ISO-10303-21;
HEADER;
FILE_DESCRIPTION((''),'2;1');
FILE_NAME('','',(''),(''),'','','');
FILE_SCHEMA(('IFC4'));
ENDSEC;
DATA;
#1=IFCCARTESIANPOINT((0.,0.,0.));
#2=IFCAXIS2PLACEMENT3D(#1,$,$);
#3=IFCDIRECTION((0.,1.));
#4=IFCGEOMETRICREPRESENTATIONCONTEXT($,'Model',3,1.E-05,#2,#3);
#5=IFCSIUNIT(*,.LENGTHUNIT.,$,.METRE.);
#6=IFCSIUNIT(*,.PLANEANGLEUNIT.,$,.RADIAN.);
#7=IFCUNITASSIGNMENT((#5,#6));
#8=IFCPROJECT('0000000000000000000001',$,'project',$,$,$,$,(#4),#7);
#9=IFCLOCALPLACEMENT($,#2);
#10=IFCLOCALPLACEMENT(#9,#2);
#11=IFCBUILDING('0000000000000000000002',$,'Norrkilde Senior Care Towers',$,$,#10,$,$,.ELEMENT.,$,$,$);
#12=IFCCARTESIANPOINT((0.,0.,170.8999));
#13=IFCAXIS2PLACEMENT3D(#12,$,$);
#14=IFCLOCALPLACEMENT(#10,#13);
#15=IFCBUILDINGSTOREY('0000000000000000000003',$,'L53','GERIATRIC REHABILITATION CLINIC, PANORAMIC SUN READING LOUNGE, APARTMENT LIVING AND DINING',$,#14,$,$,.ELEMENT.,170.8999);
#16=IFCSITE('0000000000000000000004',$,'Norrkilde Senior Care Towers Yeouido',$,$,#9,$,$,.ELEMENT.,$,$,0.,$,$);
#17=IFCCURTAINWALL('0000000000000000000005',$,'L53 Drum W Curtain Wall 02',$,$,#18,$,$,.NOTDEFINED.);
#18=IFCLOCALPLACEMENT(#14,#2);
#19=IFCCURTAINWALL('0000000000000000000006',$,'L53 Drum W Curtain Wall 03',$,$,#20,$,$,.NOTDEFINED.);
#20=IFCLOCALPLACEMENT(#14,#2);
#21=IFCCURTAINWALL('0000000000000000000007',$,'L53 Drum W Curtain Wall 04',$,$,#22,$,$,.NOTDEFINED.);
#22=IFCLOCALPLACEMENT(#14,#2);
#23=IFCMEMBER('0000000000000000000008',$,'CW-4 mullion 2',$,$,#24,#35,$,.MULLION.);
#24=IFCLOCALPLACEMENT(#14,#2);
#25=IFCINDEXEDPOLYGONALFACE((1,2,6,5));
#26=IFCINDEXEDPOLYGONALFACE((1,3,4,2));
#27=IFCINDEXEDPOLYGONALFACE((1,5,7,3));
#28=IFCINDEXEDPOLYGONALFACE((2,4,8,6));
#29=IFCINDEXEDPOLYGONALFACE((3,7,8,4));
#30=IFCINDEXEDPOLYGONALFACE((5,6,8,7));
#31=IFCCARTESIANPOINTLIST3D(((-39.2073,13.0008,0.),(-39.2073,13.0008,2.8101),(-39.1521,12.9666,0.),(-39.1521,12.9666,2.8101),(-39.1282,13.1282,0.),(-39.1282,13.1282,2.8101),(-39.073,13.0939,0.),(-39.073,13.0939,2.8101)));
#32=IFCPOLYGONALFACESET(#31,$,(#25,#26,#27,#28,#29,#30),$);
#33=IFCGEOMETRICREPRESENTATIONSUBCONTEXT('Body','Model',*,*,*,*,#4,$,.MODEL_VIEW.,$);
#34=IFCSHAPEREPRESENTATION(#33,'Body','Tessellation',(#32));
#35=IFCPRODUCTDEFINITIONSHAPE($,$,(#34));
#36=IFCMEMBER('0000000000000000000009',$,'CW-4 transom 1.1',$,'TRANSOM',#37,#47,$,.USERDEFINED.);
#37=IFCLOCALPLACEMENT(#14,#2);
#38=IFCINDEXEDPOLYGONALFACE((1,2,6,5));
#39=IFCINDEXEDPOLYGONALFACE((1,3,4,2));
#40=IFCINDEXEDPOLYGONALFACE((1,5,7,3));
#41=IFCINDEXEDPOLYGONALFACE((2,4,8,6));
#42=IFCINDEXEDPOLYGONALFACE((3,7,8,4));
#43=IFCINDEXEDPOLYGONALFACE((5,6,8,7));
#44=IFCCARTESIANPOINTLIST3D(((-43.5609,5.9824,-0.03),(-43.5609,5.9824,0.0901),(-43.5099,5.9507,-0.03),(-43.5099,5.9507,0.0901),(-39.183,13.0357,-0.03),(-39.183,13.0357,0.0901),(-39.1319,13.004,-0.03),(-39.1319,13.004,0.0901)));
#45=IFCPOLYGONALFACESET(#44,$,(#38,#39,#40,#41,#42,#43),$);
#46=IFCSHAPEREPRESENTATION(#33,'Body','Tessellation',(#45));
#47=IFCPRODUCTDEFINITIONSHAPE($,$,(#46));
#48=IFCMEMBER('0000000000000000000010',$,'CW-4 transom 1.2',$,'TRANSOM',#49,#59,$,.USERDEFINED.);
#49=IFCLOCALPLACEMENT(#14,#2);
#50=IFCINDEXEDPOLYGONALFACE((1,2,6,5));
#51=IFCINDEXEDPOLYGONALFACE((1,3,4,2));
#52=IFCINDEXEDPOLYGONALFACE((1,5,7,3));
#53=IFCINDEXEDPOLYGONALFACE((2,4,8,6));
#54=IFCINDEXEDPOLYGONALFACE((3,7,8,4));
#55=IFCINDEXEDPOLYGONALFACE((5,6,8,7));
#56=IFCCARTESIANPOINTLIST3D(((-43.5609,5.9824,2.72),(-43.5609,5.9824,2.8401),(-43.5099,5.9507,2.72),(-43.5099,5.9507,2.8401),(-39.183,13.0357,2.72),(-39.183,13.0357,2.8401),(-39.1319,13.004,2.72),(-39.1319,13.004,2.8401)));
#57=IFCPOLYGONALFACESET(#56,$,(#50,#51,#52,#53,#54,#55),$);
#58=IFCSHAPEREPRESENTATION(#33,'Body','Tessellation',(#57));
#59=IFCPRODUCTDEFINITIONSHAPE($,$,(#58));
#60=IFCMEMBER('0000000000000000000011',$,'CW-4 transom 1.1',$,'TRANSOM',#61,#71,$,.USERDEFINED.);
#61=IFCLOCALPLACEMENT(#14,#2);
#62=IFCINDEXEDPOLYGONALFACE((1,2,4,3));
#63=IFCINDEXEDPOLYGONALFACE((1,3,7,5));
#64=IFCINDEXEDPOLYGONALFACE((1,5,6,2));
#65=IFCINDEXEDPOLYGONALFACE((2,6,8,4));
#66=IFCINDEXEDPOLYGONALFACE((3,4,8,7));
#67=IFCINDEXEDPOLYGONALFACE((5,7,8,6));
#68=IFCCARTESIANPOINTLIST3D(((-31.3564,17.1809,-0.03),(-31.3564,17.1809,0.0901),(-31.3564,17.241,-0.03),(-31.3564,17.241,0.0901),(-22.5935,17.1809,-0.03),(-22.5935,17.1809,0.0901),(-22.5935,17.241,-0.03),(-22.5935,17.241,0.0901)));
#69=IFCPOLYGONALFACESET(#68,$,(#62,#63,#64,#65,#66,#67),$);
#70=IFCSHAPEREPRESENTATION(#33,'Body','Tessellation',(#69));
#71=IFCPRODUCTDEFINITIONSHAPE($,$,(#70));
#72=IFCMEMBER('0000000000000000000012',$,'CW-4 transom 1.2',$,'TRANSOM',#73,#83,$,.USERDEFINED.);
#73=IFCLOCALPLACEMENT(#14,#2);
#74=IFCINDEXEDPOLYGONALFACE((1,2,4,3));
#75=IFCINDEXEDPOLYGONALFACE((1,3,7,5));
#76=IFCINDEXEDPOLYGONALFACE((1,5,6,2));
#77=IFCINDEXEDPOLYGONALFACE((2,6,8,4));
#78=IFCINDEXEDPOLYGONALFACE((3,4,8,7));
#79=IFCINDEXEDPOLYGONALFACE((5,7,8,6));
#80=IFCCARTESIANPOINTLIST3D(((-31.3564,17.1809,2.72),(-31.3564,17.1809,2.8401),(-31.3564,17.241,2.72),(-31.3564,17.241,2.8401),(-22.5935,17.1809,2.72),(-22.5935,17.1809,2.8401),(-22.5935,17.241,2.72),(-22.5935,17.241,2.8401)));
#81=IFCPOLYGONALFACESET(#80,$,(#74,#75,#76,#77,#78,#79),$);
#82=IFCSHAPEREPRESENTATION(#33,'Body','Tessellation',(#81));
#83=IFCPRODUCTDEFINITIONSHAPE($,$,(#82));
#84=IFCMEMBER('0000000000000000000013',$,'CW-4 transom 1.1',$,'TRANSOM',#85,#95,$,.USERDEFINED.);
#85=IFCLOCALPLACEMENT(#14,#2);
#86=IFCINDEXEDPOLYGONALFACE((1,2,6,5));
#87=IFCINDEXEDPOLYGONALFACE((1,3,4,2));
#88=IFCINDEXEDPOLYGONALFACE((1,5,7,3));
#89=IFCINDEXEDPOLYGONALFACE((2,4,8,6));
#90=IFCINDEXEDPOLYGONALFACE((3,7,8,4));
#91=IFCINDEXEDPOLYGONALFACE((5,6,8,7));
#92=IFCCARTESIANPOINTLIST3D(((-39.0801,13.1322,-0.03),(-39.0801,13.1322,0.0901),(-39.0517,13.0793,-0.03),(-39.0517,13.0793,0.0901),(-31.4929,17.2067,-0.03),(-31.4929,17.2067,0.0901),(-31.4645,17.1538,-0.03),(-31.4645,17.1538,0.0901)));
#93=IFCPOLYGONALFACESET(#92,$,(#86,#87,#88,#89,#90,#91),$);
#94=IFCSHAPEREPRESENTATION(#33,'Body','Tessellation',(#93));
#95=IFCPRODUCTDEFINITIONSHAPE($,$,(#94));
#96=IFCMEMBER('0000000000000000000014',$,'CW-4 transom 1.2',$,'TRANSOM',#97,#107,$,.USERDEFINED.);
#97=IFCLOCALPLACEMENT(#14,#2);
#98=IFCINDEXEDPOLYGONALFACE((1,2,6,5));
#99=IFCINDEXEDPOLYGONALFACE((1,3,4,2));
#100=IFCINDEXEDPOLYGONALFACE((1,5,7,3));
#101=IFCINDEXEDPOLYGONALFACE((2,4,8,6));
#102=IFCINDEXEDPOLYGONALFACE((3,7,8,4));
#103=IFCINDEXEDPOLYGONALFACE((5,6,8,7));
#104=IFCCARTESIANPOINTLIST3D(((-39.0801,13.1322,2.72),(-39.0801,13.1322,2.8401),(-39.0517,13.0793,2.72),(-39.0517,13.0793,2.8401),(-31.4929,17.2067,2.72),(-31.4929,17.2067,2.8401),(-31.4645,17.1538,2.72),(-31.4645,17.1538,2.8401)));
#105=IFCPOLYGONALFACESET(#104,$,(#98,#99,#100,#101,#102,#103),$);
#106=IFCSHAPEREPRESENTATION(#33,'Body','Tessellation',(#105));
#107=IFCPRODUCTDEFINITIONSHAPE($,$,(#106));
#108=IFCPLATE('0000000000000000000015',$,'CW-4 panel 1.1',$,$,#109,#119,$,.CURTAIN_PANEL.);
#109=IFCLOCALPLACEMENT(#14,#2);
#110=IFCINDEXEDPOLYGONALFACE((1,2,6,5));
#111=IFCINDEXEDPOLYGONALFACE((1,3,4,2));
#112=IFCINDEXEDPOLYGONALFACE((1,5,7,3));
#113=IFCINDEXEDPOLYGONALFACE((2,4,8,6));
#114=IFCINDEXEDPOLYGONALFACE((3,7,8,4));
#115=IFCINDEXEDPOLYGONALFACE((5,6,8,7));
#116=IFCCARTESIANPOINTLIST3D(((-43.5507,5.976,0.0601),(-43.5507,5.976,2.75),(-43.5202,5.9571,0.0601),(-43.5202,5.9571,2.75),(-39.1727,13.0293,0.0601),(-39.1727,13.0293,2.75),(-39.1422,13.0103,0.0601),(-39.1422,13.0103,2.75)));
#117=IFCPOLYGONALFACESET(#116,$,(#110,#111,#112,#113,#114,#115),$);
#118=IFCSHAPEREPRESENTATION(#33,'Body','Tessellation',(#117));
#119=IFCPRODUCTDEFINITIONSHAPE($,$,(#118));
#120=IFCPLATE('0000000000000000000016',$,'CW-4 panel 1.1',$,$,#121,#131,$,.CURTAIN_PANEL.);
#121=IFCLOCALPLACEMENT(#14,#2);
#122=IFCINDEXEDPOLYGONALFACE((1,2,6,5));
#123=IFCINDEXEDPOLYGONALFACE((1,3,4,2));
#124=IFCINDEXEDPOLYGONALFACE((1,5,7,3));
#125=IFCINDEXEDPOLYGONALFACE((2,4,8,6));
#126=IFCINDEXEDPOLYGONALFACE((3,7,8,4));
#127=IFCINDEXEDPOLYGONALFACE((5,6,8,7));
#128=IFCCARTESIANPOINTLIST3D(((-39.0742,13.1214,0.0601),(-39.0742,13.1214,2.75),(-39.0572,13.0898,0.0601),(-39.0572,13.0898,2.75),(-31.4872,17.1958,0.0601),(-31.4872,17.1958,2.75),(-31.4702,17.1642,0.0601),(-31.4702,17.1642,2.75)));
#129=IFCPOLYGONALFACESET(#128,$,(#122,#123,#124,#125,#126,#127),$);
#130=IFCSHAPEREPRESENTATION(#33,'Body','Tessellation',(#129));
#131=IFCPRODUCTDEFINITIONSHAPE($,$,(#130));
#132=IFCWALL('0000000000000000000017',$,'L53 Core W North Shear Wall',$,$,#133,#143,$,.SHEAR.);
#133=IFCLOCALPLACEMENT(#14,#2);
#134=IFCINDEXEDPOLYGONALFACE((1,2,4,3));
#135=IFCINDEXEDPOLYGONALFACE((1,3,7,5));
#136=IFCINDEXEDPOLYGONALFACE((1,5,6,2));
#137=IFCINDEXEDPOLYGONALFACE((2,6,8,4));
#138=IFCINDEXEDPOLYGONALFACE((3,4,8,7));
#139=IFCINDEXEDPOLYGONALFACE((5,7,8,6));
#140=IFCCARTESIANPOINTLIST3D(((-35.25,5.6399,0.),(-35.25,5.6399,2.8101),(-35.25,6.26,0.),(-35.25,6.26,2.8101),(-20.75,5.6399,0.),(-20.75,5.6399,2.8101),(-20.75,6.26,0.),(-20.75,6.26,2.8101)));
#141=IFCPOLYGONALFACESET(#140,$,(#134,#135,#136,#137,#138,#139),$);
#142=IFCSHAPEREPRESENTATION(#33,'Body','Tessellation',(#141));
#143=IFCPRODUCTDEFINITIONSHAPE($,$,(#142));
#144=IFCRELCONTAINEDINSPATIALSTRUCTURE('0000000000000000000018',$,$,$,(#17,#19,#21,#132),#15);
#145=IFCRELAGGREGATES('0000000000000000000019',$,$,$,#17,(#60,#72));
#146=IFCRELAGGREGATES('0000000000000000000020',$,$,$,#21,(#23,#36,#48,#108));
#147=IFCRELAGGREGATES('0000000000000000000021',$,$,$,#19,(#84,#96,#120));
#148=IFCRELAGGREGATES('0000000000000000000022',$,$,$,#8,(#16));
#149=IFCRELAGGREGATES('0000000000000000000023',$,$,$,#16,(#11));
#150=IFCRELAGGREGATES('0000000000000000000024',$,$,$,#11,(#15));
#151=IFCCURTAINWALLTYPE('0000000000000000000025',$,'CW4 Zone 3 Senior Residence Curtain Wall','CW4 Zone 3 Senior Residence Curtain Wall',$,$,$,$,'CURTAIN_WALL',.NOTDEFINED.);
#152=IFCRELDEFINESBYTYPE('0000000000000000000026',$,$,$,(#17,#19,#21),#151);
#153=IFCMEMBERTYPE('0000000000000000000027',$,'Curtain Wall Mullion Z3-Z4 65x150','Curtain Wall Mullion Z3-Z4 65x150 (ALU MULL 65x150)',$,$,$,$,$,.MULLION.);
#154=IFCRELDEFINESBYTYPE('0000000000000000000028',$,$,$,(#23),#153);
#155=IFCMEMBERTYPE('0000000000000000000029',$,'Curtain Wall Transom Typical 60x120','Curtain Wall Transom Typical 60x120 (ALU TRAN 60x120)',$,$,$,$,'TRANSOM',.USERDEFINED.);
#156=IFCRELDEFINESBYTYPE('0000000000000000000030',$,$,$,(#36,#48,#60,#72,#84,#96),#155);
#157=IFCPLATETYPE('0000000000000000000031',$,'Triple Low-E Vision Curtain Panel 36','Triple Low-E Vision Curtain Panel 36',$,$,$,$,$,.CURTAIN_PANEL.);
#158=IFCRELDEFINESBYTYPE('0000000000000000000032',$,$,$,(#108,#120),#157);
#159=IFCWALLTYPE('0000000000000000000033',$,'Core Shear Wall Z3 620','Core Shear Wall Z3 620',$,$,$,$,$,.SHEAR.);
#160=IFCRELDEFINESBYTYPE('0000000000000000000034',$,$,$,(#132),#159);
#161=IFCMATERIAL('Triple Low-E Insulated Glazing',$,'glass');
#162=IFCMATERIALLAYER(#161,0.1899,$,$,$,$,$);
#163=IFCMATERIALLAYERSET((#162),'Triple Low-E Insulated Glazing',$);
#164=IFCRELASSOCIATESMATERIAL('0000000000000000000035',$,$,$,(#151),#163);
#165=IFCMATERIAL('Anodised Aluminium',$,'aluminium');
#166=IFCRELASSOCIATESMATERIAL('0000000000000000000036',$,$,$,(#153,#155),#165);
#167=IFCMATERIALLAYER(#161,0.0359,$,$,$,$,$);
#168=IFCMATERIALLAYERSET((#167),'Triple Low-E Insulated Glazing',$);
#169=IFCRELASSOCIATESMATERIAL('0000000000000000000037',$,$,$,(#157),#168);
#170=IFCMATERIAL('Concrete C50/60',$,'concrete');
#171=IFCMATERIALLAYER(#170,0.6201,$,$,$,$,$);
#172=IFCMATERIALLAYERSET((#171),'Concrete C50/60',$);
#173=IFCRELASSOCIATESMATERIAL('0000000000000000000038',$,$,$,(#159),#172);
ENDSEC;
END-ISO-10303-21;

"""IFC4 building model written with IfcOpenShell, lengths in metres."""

from ifc_helpers import new_model, si_unit, direction, frame, frame_2d, origin, origin_2d, place, context, subcontext, project, spatial, rectangle, extrude, source, transform, mapped, material, layer, layer_set, material_profile, profile_set, type_object, type_shapes, element, aggregate, save


model = new_model("IFC4")

# Units and contexts
model_context = context("Model", 3, precision=1e-05, world=origin(), true_north=direction((0.0, 1.0)))
body_context = subcontext(model_context, "Body", "Model", "MODEL_VIEW")
ifc_project = project(units=[si_unit("LENGTHUNIT", "METRE"), si_unit("PLANEANGLEUNIT", "RADIAN")], contexts=[model_context])

# Site, building, storey
site_placement = place(None, origin())
site = spatial("IfcSite", under=ifc_project, at=site_placement, Name="Norrkilde Senior Care Towers Yeouido", CompositionType="ELEMENT", RefElevation=0.0)
building_placement = place(site_placement, origin())
building = spatial("IfcBuilding", under=site, at=building_placement, Name="Norrkilde Senior Care Towers", CompositionType="ELEMENT")
storey_placement = place(building_placement, frame((0.0, 0.0, 170.8999)))
storey = spatial("IfcBuildingStorey", under=building, at=storey_placement, Name="L53", Description="GERIATRIC REHABILITATION CLINIC, PANORAMIC SUN READING LOUNGE, APARTMENT LIVING AND DINING", CompositionType="ELEMENT", Elevation=170.8999)

# Shared definitions
ifc_material_1 = material(Name="Concrete C50/60", Category="concrete")

# Curtain wall
ifc_material_2 = material(Name="Triple Low-E Insulated Glazing", Category="glass")
ifc_layer_1 = layer(ifc_material_2, 0.1899)
ifc_layer_set_1 = layer_set([ifc_layer_1], Name="Triple Low-E Insulated Glazing")
curtain_wall_type = type_object("IfcCurtainWallType", Name="CW4 Zone 3 Senior Residence Curtain Wall", Description="CW4 Zone 3 Senior Residence Curtain Wall", ElementType="CURTAIN_WALL", PredefinedType="NOTDEFINED", material=ifc_layer_set_1)
curtain_wall_1_placement = place(storey_placement, origin())
curtain_wall_1 = element("IfcCurtainWall", 1, at=curtain_wall_1_placement, inside=storey, type_object=curtain_wall_type, Name="L53 Drum W Curtain Wall 02", PredefinedType="NOTDEFINED")
ifc_material_3 = material(Name="Anodised Aluminium", Category="aluminium")
ifc_material_profile_1 = material_profile(ifc_material_3, rectangle(XDim=0.0649, YDim=0.1499, at=origin_2d()), Name="ALU MULL 65x150")
ifc_profile_set_1 = profile_set([ifc_material_profile_1], Name="Anodised Aluminium")
member_type_1 = type_object("IfcMemberType", Name="Curtain Wall Mullion Z3-Z4 65x150", Description="Curtain Wall Mullion Z3-Z4 65x150 (ALU MULL 65x150)", PredefinedType="MULLION", material=ifc_profile_set_1)
shared_shape_1 = source(origin(), body_context, "Body", "SweptSolid", [
    extrude(rectangle(XDim=0.0649, YDim=0.1499, at=origin_2d()), origin(), (0.0, 0.0, 1.0), 2.8101),
])
type_shapes(member_type_1, [shared_shape_1])

# Curtain walls, members
curtain_wall_2_placement = place(storey_placement, origin())
curtain_wall_2 = element("IfcCurtainWall", 2, at=curtain_wall_2_placement, inside=storey, type_object=curtain_wall_type, Name="L53 Drum W Curtain Wall 03", PredefinedType="NOTDEFINED")
curtain_wall_3_placement = place(storey_placement, origin())
curtain_wall_3 = element("IfcCurtainWall", 3, at=curtain_wall_3_placement, inside=storey, type_object=curtain_wall_type, Name="L53 Drum W Curtain Wall 04", PredefinedType="NOTDEFINED")
member_1_placement = place(storey_placement, frame((-39.1401, 13.0474, 0.0), z_axis=(0.0, 0.0, 1.0), x_axis=(-0.849634, 0.527373, 0.0)))
member_1 = element("IfcMember", 4, at=member_1_placement, type_object=member_type_1, Name="CW-4 mullion 2", PredefinedType="MULLION", context=body_context, shape_type="MappedRepresentation", body=[
    mapped(shared_shape_1, transform((0.0, 0.0, 0.0), x_axis=(1.0, 0.0, 0.0), y_axis=(0.0, 1.0, 0.0), z_axis=(0.0, 0.0, 1.0), scale=1.0)),
])
ifc_material_profile_2 = material_profile(ifc_material_3, rectangle(XDim=0.0601, YDim=0.1201, at=origin_2d()), Name="ALU TRAN 60x120")
ifc_profile_set_2 = profile_set([ifc_material_profile_2], Name="Anodised Aluminium")
member_type_2 = type_object("IfcMemberType", Name="Curtain Wall Transom Typical 60x120", Description="Curtain Wall Transom Typical 60x120 (ALU TRAN 60x120)", ElementType="TRANSOM", PredefinedType="USERDEFINED", material=ifc_profile_set_2)
shared_shape_2 = source(origin(), body_context, "Body", "SweptSolid", [
    extrude(rectangle(XDim=0.0601, YDim=0.1201, at=origin_2d()), origin(), (0.0, 0.0, 1.0), 8.3015),
])
member_2_placement = place(storey_placement, frame((-43.5354, 5.9666, 0.03), z_axis=(0.527369, 0.849637, 0.0), x_axis=(-0.849637, 0.527369, 0.0)))
member_2 = element("IfcMember", 5, at=member_2_placement, type_object=member_type_2, Name="CW-4 transom 1.1", ObjectType="TRANSOM", PredefinedType="USERDEFINED", context=body_context, shape_type="MappedRepresentation", body=[
    mapped(shared_shape_2, transform((0.0, 0.0, 0.0), x_axis=(1.0, 0.0, 0.0), y_axis=(0.0, 1.0, 0.0), z_axis=(0.0, 0.0, 1.0), scale=1.0)),
])
member_3_placement = place(storey_placement, frame((-43.5354, 5.9666, 2.78), z_axis=(0.527369, 0.849637, 0.0), x_axis=(-0.849637, 0.527369, 0.0)))
member_3 = element("IfcMember", 6, at=member_3_placement, type_object=member_type_2, Name="CW-4 transom 1.2", ObjectType="TRANSOM", PredefinedType="USERDEFINED", context=body_context, shape_type="MappedRepresentation", body=[
    mapped(shared_shape_2, transform((0.0, 0.0, 0.0), x_axis=(1.0, 0.0, 0.0), y_axis=(0.0, 1.0, 0.0), z_axis=(0.0, 0.0, 1.0), scale=1.0)),
])

# Members
shared_shape_3 = source(origin(), body_context, "Body", "SweptSolid", [
    extrude(rectangle(XDim=0.0601, YDim=0.1201, at=origin_2d()), origin(), (0.0, 0.0, 1.0), 8.7629),
])
member_4_placement = place(storey_placement, frame((-31.3564, 17.2109, 0.03), z_axis=(1.0, 0.0, 0.0), x_axis=(0.0, 1.0, 0.0)))
member_4 = element("IfcMember", 7, at=member_4_placement, type_object=member_type_2, Name="CW-4 transom 1.1", ObjectType="TRANSOM", PredefinedType="USERDEFINED", context=body_context, shape_type="MappedRepresentation", body=[
    mapped(shared_shape_3, transform((0.0, 0.0, 0.0), x_axis=(1.0, 0.0, 0.0), y_axis=(0.0, 1.0, 0.0), z_axis=(0.0, 0.0, 1.0), scale=1.0)),
])
member_5_placement = place(storey_placement, frame((-31.3564, 17.2109, 2.78), z_axis=(1.0, 0.0, 0.0), x_axis=(0.0, 1.0, 0.0)))
member_5 = element("IfcMember", 8, at=member_5_placement, type_object=member_type_2, Name="CW-4 transom 1.2", ObjectType="TRANSOM", PredefinedType="USERDEFINED", context=body_context, shape_type="MappedRepresentation", body=[
    mapped(shared_shape_3, transform((0.0, 0.0, 0.0), x_axis=(1.0, 0.0, 0.0), y_axis=(0.0, 1.0, 0.0), z_axis=(0.0, 0.0, 1.0), scale=1.0)),
])
aggregate(curtain_wall_1, [member_4, member_5])
shared_shape_4 = source(origin(), body_context, "Body", "SweptSolid", [
    extrude(rectangle(XDim=0.0601, YDim=0.1201, at=origin_2d()), origin(), (0.0, 0.0, 1.0), 8.6121),
])
type_shapes(member_type_2, [shared_shape_2, shared_shape_3, shared_shape_4])
member_6_placement = place(storey_placement, frame((-39.0659, 13.1057, 0.03), z_axis=(0.881, 0.473116, 0.0), x_axis=(-0.473116, 0.881, 0.0)))
member_6 = element("IfcMember", 9, at=member_6_placement, type_object=member_type_2, Name="CW-4 transom 1.1", ObjectType="TRANSOM", PredefinedType="USERDEFINED", context=body_context, shape_type="MappedRepresentation", body=[
    mapped(shared_shape_4, transform((0.0, 0.0, 0.0), x_axis=(1.0, 0.0, 0.0), y_axis=(0.0, 1.0, 0.0), z_axis=(0.0, 0.0, 1.0), scale=1.0)),
])
member_7_placement = place(storey_placement, frame((-39.0659, 13.1057, 2.78), z_axis=(0.881, 0.473116, 0.0), x_axis=(-0.473116, 0.881, 0.0)))
member_7 = element("IfcMember", 10, at=member_7_placement, type_object=member_type_2, Name="CW-4 transom 1.2", ObjectType="TRANSOM", PredefinedType="USERDEFINED", context=body_context, shape_type="MappedRepresentation", body=[
    mapped(shared_shape_4, transform((0.0, 0.0, 0.0), x_axis=(1.0, 0.0, 0.0), y_axis=(0.0, 1.0, 0.0), z_axis=(0.0, 0.0, 1.0), scale=1.0)),
])

# Plates
ifc_layer_2 = layer(ifc_material_2, 0.0359)
ifc_layer_set_2 = layer_set([ifc_layer_2], Name="Triple Low-E Insulated Glazing")
plate_type = type_object("IfcPlateType", Name="Triple Low-E Vision Curtain Panel 36", Description="Triple Low-E Vision Curtain Panel 36", PredefinedType="CURTAIN_PANEL", material=ifc_layer_set_2)
shared_shape_5 = source(origin(), body_context, "Body", "SweptSolid", [
    extrude(rectangle(XDim=8.3015, YDim=0.0359, at=origin_2d()), origin(), (0.0, 0.0, 1.0), 2.6899),
])
plate_1_placement = place(storey_placement, frame((-41.3464, 9.4932, 0.0601), z_axis=(0.0, 0.0, 1.0), x_axis=(0.527373, 0.849634, 0.0)))
plate_1 = element("IfcPlate", 11, at=plate_1_placement, type_object=plate_type, Name="CW-4 panel 1.1", PredefinedType="CURTAIN_PANEL", context=body_context, shape_type="MappedRepresentation", body=[
    mapped(shared_shape_5, transform((0.0, 0.0, 0.0), x_axis=(1.0, 0.0, 0.0), y_axis=(0.0, 1.0, 0.0), z_axis=(0.0, 0.0, 1.0), scale=1.0)),
])
aggregate(curtain_wall_3, [member_1, member_2, member_3, plate_1])
shared_shape_6 = source(origin(), body_context, "Body", "SweptSolid", [
    extrude(rectangle(XDim=8.6118, YDim=0.0359, at=origin_2d()), origin(), (0.0, 0.0, 1.0), 2.6899),
])
type_shapes(plate_type, [shared_shape_5, shared_shape_6])
plate_2_placement = place(storey_placement, frame((-35.2722, 15.1428, 0.0601), z_axis=(0.0, 0.0, 1.0), x_axis=(0.881, 0.473117, 0.0)))
plate_2 = element("IfcPlate", 12, at=plate_2_placement, type_object=plate_type, Name="CW-4 panel 1.1", PredefinedType="CURTAIN_PANEL", context=body_context, shape_type="MappedRepresentation", body=[
    mapped(shared_shape_6, transform((0.0, 0.0, 0.0), x_axis=(1.0, 0.0, 0.0), y_axis=(0.0, 1.0, 0.0), z_axis=(0.0, 0.0, 1.0), scale=1.0)),
])
aggregate(curtain_wall_2, [member_6, member_7, plate_2])

# Wall
ifc_layer_3 = layer(ifc_material_1, 0.6201)
ifc_layer_set_3 = layer_set([ifc_layer_3], Name="Concrete C50/60")
wall_type_1 = type_object("IfcWallType", Name="Core Shear Wall Z3 620", Description="Core Shear Wall Z3 620", PredefinedType="SHEAR", material=ifc_layer_set_3)
shared_shape_7 = source(origin(), body_context, "Body", "SweptSolid", [
    extrude(rectangle(XDim=14.5, YDim=0.6201, at=frame_2d((7.25, 0.0))), origin(), (0.0, 0.0, 1.0), 2.8101),
])
type_shapes(wall_type_1, [shared_shape_7])
wall_1_placement = place(storey_placement, frame((-35.25, 5.95, 0.0), z_axis=(0.0, 0.0, 1.0), x_axis=(1.0, 0.0, 0.0)))
element("IfcWall", 13, at=wall_1_placement, inside=storey, type_object=wall_type_1, Name="L53 Core W North Shear Wall", PredefinedType="SHEAR", context=body_context, shape_type="MappedRepresentation", body=[
    mapped(shared_shape_7, transform((0.0, 0.0, 0.0), x_axis=(1.0, 0.0, 0.0), y_axis=(0.0, 1.0, 0.0), z_axis=(0.0, 0.0, 1.0), scale=1.0)),
])

save(model, "model.ifc")
